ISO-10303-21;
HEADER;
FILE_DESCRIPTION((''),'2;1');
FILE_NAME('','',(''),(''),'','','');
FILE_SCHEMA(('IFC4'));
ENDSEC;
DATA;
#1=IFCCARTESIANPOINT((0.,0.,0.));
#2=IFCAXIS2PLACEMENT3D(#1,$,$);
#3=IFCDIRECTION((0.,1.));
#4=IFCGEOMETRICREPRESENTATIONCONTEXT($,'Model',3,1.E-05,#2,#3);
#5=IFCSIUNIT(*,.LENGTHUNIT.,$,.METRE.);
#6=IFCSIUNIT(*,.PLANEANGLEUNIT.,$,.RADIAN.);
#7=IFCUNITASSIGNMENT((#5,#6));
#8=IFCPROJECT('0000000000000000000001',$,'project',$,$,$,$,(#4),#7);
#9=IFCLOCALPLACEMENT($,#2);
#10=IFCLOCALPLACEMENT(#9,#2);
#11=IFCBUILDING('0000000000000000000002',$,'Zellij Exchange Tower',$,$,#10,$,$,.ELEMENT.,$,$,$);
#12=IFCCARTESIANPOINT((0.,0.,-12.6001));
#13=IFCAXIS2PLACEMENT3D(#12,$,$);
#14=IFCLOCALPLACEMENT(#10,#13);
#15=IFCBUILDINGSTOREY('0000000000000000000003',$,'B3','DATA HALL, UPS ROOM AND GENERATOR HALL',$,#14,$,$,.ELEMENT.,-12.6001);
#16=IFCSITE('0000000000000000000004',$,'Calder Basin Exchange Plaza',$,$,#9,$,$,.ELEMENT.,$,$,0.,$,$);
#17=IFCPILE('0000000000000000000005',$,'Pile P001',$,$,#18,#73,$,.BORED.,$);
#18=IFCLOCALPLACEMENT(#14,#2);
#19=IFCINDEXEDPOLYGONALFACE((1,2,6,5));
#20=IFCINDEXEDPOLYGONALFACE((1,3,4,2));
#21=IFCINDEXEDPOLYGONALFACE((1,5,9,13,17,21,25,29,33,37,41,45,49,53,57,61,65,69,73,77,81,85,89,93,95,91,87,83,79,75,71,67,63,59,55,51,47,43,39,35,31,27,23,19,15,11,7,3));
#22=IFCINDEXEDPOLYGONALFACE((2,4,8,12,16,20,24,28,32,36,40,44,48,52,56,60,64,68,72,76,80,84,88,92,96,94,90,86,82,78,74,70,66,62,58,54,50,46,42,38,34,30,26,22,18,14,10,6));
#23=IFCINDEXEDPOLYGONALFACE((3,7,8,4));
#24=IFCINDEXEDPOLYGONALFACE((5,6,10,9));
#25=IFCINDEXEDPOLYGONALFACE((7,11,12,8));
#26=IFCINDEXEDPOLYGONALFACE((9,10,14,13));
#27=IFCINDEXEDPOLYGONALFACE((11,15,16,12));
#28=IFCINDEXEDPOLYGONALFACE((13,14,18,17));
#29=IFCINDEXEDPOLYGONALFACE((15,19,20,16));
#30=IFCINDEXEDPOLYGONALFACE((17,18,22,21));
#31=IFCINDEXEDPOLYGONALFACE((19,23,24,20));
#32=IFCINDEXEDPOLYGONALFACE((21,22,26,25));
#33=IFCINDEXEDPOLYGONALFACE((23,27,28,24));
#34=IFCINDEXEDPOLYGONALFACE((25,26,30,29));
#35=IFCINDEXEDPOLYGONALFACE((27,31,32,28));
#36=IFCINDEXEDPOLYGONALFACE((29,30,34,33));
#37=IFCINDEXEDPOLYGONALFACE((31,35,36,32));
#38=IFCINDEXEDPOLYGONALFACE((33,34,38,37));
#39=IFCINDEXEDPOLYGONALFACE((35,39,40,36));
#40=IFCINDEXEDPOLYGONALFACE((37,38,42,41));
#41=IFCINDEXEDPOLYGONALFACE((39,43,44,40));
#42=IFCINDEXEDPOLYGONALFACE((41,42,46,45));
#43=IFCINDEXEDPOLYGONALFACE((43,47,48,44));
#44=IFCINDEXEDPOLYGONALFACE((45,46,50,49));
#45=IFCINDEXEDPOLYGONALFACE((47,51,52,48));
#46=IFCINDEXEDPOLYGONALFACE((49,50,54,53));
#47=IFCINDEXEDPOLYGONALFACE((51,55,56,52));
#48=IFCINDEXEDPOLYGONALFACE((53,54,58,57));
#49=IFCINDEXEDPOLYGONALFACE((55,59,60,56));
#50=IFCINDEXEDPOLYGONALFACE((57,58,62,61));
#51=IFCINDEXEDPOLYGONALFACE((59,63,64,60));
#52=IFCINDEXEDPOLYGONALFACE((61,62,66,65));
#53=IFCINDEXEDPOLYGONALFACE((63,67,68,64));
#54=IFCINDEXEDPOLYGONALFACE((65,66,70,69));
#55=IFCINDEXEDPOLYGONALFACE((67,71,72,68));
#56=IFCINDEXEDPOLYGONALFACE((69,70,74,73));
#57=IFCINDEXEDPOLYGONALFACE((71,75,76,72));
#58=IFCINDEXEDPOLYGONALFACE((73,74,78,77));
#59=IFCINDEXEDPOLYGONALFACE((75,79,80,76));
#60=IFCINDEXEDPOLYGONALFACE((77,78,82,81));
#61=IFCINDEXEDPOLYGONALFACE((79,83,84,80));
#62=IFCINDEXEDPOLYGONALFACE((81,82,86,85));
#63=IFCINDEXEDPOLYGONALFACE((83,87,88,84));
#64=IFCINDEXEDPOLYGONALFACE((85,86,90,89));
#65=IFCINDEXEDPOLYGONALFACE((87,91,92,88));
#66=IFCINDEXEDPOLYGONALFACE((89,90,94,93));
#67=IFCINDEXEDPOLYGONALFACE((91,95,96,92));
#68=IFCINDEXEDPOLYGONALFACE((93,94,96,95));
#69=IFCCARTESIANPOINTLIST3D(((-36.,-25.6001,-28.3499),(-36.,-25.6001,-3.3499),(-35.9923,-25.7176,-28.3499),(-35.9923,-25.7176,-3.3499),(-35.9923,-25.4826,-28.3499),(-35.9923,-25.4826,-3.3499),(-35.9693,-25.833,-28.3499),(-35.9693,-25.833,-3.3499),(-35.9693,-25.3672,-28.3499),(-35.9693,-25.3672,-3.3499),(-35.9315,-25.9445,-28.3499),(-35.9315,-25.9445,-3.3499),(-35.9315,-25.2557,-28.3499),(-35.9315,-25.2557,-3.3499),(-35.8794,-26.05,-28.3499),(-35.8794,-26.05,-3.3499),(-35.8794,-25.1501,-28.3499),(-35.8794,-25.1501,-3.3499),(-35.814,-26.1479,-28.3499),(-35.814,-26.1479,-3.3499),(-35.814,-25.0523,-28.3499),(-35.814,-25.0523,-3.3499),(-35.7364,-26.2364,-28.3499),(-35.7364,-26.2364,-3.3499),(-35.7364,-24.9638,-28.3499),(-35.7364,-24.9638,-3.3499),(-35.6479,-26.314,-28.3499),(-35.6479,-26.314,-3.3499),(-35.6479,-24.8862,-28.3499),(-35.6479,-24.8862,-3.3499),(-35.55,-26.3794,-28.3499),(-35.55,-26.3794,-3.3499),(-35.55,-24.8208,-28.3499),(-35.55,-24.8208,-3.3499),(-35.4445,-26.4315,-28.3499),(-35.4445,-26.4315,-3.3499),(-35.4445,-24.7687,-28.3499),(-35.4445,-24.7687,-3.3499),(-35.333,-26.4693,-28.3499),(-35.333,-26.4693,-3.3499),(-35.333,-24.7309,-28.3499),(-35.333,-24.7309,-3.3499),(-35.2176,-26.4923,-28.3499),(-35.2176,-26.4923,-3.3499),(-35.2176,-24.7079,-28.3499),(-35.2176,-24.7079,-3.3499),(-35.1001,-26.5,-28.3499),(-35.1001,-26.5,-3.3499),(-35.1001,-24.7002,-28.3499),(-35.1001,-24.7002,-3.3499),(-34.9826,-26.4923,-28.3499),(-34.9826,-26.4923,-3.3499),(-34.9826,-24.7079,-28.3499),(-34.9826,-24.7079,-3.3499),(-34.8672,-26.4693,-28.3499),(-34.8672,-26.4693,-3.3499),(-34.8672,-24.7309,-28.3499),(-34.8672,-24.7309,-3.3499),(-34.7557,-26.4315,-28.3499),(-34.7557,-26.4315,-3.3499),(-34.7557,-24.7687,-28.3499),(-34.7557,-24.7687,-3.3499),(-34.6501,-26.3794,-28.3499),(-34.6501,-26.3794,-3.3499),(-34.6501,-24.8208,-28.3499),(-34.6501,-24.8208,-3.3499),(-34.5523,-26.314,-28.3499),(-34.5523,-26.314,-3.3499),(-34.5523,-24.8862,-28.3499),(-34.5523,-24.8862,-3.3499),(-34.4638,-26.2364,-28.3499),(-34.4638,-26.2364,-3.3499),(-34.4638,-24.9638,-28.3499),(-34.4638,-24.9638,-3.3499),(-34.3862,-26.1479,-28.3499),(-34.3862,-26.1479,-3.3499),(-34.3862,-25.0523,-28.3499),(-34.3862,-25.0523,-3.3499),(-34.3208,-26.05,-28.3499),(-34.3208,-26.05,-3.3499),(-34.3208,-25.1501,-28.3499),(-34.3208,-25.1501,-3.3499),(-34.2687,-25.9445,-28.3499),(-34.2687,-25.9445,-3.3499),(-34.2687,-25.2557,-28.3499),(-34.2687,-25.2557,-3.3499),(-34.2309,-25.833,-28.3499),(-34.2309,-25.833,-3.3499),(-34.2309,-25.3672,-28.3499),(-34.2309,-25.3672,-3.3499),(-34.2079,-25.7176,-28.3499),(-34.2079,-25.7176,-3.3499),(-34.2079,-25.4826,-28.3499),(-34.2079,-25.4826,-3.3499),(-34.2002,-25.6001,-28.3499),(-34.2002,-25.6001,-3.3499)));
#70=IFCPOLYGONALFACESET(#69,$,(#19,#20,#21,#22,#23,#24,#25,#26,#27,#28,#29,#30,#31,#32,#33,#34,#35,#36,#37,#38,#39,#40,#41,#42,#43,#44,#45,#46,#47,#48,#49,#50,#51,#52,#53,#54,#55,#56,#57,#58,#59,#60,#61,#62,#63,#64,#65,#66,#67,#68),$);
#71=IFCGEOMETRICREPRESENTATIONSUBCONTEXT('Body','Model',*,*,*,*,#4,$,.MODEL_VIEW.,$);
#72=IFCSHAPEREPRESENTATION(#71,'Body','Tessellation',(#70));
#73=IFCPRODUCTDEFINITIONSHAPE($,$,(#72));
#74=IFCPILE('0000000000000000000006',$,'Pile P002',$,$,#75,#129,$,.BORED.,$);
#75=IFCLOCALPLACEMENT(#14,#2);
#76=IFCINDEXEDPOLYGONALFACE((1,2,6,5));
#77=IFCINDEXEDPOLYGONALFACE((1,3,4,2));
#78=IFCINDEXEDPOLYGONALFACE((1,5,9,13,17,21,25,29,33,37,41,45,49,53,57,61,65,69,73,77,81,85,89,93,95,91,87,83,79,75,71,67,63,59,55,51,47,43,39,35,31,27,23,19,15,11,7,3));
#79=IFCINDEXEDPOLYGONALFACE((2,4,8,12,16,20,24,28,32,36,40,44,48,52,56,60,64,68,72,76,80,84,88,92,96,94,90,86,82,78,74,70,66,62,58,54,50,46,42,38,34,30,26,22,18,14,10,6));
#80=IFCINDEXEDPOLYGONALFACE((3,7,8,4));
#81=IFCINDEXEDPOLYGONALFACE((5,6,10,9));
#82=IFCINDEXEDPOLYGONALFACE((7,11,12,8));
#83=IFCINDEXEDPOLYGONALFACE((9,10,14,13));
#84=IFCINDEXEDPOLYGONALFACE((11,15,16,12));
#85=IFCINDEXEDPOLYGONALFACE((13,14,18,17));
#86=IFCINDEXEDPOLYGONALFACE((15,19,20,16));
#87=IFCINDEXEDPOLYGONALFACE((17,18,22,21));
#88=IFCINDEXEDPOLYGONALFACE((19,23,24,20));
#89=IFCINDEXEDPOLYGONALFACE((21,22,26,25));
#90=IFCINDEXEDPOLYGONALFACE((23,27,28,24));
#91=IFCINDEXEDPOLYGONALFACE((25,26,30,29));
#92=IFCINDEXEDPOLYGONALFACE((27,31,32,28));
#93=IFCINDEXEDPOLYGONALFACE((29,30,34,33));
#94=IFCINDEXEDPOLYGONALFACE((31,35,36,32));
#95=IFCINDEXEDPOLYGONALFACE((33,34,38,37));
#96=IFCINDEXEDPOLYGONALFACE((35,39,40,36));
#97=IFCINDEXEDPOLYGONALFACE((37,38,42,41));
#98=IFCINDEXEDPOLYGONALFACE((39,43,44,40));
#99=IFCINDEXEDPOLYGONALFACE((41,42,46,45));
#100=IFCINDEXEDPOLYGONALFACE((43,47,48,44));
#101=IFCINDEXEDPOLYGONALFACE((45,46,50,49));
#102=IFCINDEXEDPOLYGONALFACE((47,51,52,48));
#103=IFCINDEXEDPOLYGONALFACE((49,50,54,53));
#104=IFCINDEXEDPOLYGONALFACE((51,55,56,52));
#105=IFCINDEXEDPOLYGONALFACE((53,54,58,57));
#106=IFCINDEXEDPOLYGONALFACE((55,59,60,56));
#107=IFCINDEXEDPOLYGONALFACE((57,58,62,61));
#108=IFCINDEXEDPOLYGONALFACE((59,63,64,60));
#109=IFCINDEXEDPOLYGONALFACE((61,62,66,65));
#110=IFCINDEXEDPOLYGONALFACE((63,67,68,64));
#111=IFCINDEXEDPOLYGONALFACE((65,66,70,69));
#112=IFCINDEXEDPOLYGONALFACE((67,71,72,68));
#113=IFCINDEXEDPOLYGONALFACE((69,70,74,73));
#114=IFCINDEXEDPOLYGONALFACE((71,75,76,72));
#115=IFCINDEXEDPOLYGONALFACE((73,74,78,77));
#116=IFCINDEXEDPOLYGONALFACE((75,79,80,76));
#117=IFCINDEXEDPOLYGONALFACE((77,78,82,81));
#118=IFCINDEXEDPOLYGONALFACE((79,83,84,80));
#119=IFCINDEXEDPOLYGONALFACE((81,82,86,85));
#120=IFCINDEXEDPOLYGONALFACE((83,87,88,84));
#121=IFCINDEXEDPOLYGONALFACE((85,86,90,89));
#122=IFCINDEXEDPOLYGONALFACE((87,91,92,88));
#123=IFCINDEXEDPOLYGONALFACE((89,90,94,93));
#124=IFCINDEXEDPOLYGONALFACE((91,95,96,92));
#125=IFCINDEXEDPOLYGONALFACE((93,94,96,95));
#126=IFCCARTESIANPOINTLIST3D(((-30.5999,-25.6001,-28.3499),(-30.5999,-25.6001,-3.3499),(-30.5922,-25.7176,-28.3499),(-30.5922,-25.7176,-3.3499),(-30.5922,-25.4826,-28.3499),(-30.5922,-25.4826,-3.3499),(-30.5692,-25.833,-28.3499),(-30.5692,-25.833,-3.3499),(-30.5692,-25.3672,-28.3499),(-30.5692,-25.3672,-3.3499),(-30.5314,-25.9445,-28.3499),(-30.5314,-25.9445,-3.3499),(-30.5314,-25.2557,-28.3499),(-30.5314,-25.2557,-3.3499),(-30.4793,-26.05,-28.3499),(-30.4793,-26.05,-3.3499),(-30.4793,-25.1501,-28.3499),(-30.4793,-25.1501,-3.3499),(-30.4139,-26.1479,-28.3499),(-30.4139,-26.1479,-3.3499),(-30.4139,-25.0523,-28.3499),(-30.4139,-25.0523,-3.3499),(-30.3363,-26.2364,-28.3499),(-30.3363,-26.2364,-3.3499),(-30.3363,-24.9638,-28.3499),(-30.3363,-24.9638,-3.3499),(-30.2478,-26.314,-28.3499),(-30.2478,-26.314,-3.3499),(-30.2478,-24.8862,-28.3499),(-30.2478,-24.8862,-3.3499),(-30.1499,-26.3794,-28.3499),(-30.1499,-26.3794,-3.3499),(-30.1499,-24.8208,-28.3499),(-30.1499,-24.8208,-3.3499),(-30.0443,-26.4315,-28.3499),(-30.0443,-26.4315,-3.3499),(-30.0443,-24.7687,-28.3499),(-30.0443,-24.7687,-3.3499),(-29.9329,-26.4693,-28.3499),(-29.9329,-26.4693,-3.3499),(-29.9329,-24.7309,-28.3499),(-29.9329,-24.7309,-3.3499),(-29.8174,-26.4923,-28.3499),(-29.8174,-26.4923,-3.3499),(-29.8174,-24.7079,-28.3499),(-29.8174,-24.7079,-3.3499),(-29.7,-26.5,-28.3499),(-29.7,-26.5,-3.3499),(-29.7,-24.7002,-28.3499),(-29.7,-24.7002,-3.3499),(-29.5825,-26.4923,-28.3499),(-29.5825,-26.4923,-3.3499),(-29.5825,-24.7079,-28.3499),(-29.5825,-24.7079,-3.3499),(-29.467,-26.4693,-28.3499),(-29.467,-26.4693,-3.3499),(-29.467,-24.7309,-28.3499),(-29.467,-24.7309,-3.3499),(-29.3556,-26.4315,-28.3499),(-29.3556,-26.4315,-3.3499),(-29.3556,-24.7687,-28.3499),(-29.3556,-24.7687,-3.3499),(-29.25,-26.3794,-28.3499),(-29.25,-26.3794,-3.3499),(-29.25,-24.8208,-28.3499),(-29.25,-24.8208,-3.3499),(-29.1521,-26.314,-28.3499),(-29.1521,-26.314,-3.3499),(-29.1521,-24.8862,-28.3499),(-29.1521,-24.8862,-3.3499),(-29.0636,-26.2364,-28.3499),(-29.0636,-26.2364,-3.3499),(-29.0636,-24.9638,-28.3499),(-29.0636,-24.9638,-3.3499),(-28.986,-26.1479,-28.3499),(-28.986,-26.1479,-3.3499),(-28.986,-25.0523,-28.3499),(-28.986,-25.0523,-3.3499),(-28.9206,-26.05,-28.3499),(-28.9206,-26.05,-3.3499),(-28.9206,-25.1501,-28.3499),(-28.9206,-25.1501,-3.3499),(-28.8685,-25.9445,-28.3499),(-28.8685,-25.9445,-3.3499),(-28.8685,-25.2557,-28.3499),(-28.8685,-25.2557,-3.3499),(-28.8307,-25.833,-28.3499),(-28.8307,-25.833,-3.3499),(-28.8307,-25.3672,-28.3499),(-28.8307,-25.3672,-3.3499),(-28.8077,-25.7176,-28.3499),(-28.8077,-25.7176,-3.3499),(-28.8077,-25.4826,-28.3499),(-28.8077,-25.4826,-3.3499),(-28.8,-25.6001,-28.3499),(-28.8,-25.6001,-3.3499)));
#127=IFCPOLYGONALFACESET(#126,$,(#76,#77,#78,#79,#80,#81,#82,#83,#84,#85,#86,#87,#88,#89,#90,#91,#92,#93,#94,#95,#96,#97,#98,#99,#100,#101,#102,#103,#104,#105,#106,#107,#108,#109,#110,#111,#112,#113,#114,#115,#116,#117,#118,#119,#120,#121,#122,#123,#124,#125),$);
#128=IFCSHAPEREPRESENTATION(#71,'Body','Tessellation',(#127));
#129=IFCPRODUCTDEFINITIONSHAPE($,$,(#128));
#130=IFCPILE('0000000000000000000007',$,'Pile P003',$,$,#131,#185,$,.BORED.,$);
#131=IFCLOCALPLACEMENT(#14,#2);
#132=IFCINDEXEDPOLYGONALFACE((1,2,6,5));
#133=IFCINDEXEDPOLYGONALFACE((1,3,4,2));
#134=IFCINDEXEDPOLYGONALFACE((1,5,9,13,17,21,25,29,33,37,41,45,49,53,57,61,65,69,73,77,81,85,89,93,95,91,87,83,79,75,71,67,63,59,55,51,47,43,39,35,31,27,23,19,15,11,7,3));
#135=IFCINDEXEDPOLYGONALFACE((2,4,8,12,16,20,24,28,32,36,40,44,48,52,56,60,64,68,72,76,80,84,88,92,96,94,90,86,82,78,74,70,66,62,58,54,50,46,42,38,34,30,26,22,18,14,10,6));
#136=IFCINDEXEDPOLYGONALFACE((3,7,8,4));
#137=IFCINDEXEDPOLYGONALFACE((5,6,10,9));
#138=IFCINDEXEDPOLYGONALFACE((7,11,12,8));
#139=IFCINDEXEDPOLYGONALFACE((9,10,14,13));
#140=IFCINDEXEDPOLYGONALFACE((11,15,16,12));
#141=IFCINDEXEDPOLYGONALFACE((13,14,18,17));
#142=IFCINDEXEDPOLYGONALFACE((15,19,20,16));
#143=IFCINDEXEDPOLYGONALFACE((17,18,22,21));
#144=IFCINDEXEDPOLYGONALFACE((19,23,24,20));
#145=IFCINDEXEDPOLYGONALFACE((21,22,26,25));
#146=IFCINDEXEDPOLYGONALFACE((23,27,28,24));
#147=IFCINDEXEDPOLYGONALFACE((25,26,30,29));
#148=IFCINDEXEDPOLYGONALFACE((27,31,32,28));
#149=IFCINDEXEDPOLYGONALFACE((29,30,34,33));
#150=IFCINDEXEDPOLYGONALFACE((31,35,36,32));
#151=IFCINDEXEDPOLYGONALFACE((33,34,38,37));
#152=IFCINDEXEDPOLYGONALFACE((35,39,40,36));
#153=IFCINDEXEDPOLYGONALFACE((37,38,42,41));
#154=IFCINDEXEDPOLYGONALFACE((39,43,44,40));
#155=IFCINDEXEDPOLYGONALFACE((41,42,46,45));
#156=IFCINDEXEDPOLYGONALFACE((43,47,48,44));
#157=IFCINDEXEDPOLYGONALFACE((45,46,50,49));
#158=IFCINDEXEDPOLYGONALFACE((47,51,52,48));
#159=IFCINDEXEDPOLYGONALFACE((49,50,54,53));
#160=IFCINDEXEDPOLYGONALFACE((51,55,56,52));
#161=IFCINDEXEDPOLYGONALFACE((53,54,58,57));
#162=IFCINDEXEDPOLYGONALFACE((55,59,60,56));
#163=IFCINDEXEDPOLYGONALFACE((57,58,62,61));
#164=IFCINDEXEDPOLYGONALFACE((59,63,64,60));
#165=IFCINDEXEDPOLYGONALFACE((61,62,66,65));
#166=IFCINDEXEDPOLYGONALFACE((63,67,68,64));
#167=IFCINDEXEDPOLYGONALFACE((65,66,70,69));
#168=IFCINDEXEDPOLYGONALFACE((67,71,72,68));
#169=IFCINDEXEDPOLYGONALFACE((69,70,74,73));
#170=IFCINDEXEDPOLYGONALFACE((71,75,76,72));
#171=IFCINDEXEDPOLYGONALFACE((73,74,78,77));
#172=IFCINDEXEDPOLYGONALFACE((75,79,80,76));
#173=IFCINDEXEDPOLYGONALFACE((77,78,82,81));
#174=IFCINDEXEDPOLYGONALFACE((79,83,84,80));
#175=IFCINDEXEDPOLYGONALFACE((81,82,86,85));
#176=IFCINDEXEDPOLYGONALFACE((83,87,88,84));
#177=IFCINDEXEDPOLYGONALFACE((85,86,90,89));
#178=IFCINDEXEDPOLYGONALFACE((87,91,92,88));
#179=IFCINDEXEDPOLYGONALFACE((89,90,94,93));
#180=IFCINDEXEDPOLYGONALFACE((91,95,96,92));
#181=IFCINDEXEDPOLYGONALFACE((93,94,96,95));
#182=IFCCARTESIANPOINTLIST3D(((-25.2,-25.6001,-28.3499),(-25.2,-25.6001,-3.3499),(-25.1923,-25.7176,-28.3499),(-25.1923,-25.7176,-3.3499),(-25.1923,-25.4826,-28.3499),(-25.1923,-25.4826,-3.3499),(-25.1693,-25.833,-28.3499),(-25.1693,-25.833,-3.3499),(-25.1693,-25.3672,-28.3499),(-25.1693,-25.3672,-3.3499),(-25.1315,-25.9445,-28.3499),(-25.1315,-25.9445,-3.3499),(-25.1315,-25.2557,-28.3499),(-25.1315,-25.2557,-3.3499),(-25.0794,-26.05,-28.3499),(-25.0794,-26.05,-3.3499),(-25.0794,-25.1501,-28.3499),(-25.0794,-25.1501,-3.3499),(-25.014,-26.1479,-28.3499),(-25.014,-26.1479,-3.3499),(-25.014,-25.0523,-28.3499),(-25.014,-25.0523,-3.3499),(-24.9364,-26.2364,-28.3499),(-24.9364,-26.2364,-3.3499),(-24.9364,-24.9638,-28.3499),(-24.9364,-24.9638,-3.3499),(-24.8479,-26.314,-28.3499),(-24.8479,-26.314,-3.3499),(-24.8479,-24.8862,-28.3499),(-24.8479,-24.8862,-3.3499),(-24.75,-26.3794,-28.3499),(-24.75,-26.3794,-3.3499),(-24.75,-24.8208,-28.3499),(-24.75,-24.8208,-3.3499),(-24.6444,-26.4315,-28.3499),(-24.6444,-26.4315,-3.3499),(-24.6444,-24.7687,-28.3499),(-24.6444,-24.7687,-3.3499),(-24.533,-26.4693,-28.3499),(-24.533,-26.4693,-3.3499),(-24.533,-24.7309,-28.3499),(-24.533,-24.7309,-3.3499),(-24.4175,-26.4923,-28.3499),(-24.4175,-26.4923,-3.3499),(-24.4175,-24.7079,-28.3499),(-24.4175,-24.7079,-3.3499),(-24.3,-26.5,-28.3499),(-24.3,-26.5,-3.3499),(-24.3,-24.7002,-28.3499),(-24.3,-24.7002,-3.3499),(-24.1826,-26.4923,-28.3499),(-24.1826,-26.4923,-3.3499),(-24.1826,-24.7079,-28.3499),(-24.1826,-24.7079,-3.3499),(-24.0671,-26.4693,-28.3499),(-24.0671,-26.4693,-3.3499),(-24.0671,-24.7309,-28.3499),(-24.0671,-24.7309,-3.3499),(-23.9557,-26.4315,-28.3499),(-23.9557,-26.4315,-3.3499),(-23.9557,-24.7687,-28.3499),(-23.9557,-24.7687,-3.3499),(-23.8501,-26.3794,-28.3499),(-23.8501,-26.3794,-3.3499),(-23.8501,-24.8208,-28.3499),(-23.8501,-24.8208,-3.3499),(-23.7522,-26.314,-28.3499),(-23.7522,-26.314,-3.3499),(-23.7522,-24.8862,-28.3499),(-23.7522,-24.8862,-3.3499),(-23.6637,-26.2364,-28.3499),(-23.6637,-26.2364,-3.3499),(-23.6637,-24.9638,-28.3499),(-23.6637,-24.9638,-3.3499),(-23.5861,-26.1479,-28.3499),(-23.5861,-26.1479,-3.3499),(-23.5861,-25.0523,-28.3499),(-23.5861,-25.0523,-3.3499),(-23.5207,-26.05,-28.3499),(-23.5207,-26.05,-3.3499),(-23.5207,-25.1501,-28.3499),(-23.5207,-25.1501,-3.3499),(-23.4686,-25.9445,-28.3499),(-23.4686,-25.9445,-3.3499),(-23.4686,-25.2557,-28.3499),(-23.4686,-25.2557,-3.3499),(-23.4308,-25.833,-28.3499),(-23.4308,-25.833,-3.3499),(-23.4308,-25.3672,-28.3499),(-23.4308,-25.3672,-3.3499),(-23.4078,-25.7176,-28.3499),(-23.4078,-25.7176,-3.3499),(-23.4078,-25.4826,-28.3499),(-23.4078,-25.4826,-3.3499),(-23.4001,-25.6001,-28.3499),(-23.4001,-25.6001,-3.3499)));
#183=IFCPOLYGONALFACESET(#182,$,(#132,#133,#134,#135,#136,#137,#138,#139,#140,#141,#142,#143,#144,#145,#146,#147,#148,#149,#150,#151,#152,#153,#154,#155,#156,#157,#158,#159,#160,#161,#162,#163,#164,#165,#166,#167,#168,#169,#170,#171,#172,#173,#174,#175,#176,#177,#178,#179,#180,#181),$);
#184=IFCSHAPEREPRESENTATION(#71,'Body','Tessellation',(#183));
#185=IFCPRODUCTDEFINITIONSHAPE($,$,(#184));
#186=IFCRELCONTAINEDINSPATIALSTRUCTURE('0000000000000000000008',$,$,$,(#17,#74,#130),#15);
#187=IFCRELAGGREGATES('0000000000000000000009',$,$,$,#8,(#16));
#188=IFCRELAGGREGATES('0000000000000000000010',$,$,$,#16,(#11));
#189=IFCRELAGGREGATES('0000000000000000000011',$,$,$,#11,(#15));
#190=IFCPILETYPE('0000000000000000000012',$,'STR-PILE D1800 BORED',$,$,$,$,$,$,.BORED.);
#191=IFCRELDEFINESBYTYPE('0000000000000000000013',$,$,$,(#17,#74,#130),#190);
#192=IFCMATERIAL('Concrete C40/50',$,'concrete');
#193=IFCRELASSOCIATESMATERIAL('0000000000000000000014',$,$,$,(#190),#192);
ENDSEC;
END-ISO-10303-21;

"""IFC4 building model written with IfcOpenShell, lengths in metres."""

from ifc_helpers import new_model, si_unit, direction, frame, origin, origin_2d, place, context, subcontext, project, spatial, circle, extrude, material, material_profile, profile_set, type_object, element, save


model = new_model("IFC4")

# Units and contexts
model_context = context("Model", 3, precision=1e-05, world=origin(), true_north=direction((0.0, 1.0)))
body_context = subcontext(model_context, "Body", "Model", "MODEL_VIEW")
ifc_project = project(units=[si_unit("LENGTHUNIT", "METRE"), si_unit("PLANEANGLEUNIT", "RADIAN")], contexts=[model_context])

# Site, building, storey
site_placement = place(None, origin())
site = spatial("IfcSite", under=ifc_project, at=site_placement, Name="Calder Basin Exchange Plaza", CompositionType="ELEMENT", RefElevation=0.0)
building_placement = place(site_placement, origin())
building = spatial("IfcBuilding", under=site, at=building_placement, Name="Zellij Exchange Tower", CompositionType="ELEMENT")
storey_placement = place(building_placement, frame((0.0, 0.0, -12.6001)))
storey = spatial("IfcBuildingStorey", under=building, at=storey_placement, Name="B3", Description="DATA HALL, UPS ROOM AND GENERATOR HALL", CompositionType="ELEMENT", Elevation=-12.6001)

# Piles
ifc_material_1 = material(Name="Concrete C40/50", Category="concrete")
ifc_material_profile_1 = material_profile(ifc_material_1, circle(Radius=0.8999, at=origin_2d()), Name="STR-PILE D1800 BORED")
ifc_profile_set_1 = profile_set([ifc_material_profile_1], Name="Concrete C40/50")
pile_type = type_object("IfcPileType", Name="STR-PILE D1800 BORED", PredefinedType="BORED", material=ifc_profile_set_1)
for number, where, z_axis, x_axis, name in (
    (1, (-35.1001, -25.6001, -3.3499), (0.0, 0.0, -1.0), (1.0, 0.0, 0.0), "Pile P001"),
    (2, (-29.7, -25.6001, -3.3499), (0.0, 0.0, -1.0), (1.0, 0.0, 0.0), "Pile P002"),
    (3, (-24.3, -25.6001, -3.3499), (0.0, 0.0, -1.0), (1.0, 0.0, 0.0), "Pile P003"),
):
    element("IfcPile", number, at=place(storey_placement, frame(where, z_axis=z_axis, x_axis=x_axis)), inside=storey, type_object=pile_type, Name=name, PredefinedType="BORED", context=body_context, shape_type="SweptSolid", body=[
        extrude(circle(Radius=0.8999, at=origin_2d()), origin(), (0.0, 0.0, 1.0), 25.0),
    ])

save(model, "model.ifc")
